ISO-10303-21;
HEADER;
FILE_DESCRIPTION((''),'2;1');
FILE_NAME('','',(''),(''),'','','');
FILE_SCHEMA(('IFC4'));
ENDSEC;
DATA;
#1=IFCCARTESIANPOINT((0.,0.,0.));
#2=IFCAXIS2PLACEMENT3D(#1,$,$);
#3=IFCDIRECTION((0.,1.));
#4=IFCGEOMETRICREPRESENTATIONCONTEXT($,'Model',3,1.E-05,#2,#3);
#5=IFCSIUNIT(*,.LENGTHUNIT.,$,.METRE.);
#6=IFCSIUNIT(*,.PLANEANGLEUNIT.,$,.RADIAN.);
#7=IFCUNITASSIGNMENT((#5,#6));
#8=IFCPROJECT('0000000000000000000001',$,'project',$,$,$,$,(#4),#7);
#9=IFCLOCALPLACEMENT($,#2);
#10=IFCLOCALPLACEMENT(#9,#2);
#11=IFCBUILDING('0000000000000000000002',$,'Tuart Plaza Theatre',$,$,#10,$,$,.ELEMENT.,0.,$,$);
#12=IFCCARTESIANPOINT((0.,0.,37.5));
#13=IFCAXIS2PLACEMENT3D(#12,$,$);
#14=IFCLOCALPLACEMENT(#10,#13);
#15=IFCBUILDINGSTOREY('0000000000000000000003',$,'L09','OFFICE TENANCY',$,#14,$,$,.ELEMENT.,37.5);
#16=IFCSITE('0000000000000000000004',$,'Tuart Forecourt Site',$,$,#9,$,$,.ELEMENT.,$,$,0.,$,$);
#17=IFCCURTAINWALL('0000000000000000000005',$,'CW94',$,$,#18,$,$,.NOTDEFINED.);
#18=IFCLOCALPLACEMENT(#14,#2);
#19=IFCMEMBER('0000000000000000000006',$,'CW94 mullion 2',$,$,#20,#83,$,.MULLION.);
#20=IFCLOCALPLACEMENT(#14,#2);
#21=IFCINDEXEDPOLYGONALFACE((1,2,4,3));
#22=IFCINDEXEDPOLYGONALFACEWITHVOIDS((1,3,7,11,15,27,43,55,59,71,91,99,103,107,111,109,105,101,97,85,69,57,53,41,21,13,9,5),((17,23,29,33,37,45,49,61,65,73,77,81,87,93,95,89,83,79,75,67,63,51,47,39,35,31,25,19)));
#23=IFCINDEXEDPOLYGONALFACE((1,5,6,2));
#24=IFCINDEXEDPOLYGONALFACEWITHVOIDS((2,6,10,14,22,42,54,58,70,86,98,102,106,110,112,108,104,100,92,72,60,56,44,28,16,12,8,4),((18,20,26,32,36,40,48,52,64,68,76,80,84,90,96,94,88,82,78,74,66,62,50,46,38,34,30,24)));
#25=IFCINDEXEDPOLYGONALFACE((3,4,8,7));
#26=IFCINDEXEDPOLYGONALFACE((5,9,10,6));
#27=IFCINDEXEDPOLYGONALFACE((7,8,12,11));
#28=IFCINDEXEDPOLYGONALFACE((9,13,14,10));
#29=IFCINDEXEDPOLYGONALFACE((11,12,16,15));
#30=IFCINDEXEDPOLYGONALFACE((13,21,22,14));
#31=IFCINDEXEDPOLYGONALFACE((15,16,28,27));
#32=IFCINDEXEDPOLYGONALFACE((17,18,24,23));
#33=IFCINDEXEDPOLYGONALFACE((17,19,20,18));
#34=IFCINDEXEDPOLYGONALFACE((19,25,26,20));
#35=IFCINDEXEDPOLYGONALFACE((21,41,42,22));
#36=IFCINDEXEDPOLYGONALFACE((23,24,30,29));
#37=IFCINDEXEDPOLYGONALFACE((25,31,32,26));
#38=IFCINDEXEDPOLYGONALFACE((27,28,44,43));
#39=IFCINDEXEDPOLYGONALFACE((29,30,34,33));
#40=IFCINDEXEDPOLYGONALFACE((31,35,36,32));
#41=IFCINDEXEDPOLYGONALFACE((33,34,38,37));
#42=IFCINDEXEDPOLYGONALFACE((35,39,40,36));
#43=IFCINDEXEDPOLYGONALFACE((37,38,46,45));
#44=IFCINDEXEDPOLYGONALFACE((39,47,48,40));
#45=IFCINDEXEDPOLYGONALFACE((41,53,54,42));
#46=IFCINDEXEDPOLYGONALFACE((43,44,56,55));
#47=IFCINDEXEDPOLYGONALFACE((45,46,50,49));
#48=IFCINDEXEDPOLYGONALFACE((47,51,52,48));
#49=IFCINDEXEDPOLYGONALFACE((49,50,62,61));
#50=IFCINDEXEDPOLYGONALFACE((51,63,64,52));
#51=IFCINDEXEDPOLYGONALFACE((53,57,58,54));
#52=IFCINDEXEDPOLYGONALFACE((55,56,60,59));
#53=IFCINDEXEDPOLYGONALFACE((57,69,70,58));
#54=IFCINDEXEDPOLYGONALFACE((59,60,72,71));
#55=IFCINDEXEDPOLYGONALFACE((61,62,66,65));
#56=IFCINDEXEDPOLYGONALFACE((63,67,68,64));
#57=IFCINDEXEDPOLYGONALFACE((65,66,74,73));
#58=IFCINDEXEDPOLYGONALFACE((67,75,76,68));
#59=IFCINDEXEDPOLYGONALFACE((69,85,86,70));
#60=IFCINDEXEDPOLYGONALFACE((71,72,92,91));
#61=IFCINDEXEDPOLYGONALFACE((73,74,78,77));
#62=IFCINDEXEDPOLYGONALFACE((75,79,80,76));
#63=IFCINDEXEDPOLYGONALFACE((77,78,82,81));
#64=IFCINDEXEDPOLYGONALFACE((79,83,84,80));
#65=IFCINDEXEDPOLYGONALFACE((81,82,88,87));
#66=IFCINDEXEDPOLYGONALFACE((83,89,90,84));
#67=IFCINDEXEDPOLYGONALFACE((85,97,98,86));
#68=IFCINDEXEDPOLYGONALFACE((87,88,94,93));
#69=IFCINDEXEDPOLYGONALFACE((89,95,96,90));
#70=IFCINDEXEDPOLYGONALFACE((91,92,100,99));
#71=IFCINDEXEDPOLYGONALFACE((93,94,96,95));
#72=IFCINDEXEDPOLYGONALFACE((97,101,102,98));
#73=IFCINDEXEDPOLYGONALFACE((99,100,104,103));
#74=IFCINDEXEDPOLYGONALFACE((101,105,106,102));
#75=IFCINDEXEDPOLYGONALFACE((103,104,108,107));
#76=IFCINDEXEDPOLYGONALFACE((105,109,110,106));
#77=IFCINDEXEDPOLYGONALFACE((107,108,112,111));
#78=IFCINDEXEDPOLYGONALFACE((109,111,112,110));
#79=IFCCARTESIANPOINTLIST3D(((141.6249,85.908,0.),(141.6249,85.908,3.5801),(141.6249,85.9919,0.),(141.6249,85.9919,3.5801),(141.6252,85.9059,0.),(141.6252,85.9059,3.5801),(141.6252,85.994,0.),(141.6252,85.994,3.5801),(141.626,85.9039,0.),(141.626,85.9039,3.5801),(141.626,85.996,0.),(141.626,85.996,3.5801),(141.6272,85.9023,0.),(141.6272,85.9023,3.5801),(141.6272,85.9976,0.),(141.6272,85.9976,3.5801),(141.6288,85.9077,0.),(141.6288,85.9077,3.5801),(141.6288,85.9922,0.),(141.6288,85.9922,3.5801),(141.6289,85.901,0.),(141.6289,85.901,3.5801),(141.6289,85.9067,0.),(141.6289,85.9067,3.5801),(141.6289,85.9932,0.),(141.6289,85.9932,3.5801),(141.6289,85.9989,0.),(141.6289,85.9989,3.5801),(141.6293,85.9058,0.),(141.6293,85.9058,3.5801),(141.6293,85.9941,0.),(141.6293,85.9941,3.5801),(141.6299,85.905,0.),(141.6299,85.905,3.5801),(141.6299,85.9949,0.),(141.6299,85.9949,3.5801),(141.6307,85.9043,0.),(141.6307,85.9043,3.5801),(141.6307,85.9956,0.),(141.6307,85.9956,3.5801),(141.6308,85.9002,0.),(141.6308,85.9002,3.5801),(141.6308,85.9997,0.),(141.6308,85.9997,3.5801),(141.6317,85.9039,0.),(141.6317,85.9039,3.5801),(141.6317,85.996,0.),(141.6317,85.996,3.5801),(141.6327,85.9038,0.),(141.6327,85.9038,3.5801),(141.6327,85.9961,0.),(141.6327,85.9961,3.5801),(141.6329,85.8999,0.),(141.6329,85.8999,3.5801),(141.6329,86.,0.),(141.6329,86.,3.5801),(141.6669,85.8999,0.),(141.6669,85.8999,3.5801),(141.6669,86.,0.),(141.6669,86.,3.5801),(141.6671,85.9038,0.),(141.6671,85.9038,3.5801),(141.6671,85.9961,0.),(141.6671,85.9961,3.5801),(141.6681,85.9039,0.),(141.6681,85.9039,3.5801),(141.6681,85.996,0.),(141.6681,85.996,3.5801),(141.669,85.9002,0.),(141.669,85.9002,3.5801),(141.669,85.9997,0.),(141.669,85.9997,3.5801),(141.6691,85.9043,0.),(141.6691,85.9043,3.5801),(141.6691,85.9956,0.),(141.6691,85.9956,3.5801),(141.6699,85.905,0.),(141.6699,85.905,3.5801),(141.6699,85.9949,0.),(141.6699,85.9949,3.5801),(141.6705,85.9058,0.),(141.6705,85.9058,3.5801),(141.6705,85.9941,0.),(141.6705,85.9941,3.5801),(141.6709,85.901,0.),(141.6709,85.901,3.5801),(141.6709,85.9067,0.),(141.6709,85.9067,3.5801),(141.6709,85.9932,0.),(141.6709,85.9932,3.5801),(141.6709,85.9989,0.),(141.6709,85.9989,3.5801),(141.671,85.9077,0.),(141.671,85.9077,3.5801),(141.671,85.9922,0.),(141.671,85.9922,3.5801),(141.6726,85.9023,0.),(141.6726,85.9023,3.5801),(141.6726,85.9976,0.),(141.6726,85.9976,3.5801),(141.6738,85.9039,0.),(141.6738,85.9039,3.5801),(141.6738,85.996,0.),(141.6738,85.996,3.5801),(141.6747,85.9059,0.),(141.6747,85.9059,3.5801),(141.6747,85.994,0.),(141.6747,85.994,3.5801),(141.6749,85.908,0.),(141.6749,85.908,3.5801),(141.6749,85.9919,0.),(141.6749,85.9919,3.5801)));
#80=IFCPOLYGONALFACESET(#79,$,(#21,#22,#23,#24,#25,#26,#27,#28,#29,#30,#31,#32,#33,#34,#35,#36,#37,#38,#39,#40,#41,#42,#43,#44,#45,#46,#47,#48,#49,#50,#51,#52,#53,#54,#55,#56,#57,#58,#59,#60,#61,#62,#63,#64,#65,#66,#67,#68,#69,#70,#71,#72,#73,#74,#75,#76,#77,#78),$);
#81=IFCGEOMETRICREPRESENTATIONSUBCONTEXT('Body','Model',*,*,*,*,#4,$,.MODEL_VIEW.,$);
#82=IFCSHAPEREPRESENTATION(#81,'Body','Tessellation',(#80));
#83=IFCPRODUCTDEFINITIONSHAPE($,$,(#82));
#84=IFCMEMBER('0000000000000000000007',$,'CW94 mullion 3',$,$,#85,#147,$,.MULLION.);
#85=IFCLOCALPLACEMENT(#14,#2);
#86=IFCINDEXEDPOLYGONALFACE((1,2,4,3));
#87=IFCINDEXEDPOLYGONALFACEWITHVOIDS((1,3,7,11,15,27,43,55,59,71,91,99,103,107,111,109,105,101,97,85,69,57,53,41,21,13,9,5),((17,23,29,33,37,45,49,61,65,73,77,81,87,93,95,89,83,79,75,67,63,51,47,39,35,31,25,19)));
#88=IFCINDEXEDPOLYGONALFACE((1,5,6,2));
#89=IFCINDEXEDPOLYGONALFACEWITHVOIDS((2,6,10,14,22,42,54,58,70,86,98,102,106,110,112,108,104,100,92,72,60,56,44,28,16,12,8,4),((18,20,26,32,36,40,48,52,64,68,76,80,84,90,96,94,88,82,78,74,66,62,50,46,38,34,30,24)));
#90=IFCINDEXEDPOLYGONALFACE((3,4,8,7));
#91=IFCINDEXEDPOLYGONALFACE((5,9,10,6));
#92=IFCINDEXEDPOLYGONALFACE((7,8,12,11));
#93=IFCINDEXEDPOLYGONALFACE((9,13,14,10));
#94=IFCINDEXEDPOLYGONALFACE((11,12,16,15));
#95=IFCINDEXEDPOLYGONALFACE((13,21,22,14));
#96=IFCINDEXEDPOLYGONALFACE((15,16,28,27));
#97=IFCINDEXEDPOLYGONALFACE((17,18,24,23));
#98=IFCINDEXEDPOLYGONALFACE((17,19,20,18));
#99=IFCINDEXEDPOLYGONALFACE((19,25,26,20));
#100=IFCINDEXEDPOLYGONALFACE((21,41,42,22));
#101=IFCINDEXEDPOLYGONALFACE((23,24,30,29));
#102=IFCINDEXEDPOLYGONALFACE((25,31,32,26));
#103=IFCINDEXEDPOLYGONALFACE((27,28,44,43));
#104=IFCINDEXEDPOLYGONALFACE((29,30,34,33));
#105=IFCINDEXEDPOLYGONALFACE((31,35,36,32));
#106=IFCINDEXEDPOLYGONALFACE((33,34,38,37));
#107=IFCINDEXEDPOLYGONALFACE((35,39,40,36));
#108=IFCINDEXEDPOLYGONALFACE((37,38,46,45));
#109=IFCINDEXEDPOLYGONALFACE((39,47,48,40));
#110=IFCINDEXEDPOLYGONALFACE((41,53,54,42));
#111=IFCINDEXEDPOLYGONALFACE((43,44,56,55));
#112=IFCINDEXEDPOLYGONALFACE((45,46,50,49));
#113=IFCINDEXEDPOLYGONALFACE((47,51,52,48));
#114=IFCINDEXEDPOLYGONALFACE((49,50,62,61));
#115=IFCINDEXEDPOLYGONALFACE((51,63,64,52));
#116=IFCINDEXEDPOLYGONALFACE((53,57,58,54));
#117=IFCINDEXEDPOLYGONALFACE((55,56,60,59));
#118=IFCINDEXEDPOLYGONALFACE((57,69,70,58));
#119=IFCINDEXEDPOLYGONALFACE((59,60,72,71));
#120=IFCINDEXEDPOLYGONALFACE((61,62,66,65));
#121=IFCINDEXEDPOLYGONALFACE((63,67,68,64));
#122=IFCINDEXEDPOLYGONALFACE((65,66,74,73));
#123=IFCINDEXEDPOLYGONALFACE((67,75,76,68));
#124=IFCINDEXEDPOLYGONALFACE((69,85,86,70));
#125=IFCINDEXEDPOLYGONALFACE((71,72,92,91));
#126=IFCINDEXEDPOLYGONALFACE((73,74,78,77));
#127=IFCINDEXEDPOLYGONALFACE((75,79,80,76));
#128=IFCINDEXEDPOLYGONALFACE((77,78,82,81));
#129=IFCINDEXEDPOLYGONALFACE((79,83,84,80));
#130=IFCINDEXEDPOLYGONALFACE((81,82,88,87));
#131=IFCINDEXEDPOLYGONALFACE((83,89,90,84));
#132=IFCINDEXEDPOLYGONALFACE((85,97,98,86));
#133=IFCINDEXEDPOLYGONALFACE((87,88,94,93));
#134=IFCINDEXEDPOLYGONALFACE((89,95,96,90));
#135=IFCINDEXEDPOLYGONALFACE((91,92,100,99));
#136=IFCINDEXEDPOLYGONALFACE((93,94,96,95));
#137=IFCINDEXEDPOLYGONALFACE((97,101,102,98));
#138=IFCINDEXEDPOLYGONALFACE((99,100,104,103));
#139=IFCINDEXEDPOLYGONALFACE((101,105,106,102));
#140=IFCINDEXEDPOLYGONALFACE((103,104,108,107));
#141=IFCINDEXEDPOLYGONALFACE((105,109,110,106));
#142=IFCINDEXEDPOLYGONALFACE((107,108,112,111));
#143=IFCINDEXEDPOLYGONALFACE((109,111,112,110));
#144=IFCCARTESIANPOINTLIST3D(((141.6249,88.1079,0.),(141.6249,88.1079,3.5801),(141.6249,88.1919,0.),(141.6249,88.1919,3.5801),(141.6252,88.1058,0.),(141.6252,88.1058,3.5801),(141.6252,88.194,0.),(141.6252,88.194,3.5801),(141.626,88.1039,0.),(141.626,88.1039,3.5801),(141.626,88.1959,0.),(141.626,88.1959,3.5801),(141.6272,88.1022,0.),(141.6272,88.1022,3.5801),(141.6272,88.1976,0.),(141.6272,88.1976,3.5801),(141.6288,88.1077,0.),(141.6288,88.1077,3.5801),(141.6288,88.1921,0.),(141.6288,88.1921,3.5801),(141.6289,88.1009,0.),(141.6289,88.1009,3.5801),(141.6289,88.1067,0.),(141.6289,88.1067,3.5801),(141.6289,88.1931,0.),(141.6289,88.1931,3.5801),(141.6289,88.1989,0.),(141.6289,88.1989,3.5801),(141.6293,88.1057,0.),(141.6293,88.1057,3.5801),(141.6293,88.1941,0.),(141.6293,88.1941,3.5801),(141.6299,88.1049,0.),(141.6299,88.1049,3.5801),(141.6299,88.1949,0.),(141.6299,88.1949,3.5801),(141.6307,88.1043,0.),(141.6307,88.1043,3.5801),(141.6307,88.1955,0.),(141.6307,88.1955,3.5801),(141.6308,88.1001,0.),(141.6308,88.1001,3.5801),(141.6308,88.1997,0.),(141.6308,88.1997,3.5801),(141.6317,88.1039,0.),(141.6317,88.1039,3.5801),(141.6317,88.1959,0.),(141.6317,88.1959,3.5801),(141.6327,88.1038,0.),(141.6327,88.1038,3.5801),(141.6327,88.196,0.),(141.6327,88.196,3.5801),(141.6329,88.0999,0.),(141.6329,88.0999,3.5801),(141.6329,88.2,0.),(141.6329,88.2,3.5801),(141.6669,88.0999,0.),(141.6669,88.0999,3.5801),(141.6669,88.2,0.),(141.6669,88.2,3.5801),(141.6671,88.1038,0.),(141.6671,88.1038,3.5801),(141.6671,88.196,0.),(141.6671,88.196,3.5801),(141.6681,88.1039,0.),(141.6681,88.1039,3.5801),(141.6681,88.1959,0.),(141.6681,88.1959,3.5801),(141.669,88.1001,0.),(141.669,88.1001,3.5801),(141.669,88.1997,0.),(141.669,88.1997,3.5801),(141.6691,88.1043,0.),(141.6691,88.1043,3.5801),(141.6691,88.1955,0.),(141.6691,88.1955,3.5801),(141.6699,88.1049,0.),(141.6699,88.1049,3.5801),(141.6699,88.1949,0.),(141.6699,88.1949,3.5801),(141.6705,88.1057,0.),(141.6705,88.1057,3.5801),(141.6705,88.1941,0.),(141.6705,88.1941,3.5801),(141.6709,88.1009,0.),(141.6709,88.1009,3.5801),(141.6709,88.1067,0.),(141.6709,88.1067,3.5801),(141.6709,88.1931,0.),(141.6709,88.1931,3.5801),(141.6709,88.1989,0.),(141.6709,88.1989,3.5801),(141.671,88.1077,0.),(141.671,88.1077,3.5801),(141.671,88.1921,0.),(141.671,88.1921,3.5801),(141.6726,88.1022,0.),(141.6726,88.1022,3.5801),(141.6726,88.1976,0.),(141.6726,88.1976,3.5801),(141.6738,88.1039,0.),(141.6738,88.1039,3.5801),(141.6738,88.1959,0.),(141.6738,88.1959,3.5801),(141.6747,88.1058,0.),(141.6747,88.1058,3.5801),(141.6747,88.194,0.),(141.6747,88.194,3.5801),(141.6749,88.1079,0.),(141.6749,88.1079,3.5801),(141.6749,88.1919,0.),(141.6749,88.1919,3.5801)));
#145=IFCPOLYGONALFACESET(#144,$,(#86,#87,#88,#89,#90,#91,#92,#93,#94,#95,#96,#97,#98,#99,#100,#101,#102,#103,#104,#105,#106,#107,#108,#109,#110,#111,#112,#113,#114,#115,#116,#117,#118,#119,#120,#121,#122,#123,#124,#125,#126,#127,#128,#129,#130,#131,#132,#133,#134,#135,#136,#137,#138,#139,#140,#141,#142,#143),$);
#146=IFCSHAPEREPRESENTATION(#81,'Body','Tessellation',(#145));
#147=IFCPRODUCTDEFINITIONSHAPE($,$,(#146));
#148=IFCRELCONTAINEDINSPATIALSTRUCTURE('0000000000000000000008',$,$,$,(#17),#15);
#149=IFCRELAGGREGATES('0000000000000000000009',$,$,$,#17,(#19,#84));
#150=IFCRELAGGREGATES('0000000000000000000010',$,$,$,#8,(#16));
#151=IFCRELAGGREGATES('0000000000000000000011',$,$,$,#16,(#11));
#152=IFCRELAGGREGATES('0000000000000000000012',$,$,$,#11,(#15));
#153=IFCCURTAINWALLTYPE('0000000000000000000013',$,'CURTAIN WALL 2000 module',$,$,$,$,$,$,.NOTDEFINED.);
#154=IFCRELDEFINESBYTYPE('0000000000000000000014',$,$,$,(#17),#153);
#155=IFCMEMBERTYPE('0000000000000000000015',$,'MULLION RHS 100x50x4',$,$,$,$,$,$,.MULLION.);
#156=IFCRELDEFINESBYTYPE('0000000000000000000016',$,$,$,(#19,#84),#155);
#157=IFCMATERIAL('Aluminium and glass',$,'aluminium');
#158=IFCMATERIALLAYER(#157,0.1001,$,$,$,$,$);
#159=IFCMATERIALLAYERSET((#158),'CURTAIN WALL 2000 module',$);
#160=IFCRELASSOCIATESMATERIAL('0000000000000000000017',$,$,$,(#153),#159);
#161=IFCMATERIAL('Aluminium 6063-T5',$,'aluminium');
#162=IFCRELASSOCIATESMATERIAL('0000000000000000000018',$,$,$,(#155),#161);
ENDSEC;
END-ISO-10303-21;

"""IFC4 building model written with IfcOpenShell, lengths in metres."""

from ifc_helpers import new_model, si_unit, direction, frame, origin, origin_2d, place, context, subcontext, project, spatial, hollow_rectangle, extrude, material, layer, layer_set, material_profile, profile_set, type_object, element, aggregate, save


model = new_model("IFC4")

# Units and contexts
model_context = context("Model", 3, precision=1e-05, world=origin(), true_north=direction((0.0, 1.0)))
body_context = subcontext(model_context, "Body", "Model", "MODEL_VIEW")
ifc_project = project(units=[si_unit("LENGTHUNIT", "METRE"), si_unit("PLANEANGLEUNIT", "RADIAN")], contexts=[model_context])

# Site, building, storey
site_placement = place(None, origin())
site = spatial("IfcSite", under=ifc_project, at=site_placement, Name="Tuart Forecourt Site", CompositionType="ELEMENT", RefElevation=0.0)
building_placement = place(site_placement, origin())
building = spatial("IfcBuilding", under=site, at=building_placement, Name="Tuart Plaza Theatre", CompositionType="ELEMENT", ElevationOfRefHeight=0.0)
storey_placement = place(building_placement, frame((0.0, 0.0, 37.5)))
storey = spatial("IfcBuildingStorey", under=building, at=storey_placement, Name="L09", Description="OFFICE TENANCY", CompositionType="ELEMENT", Elevation=37.5)

# Curtain wall, members
ifc_material_1 = material(Name="Aluminium and glass", Category="aluminium")
ifc_layer_1 = layer(ifc_material_1, 0.1001)
ifc_layer_set_1 = layer_set([ifc_layer_1], Name="CURTAIN WALL 2000 module")
curtain_wall_type = type_object("IfcCurtainWallType", Name="CURTAIN WALL 2000 module", PredefinedType="NOTDEFINED", material=ifc_layer_set_1)
curtain_wall_placement = place(storey_placement, origin())
curtain_wall = element("IfcCurtainWall", 1, at=curtain_wall_placement, inside=storey, type_object=curtain_wall_type, Name="CW94", PredefinedType="NOTDEFINED")
ifc_material_2 = material(Name="Aluminium 6063-T5", Category="aluminium")
ifc_material_profile_1 = material_profile(ifc_material_2, hollow_rectangle(XDim=0.05, YDim=0.1001, WallThickness=0.0039, InnerFilletRadius=0.0039, OuterFilletRadius=0.0081, at=origin_2d()), Name="RHS 100x50x4")
ifc_profile_set_1 = profile_set([ifc_material_profile_1], Name="Aluminium 6063-T5")
member_type_1 = type_object("IfcMemberType", Name="MULLION RHS 100x50x4", PredefinedType="MULLION", material=ifc_profile_set_1)
member_1_placement = place(storey_placement, frame((141.6499, 85.95, 0.0), z_axis=(0.0, 0.0, 1.0), x_axis=(-1.0, 0.0, 0.0)))
member_1 = element("IfcMember", 2, at=member_1_placement, type_object=member_type_1, Name="CW94 mullion 2", PredefinedType="MULLION", context=body_context, shape_type="SweptSolid", body=[
    extrude(hollow_rectangle(XDim=0.05, YDim=0.1001, WallThickness=0.0039, InnerFilletRadius=0.0039, OuterFilletRadius=0.0081, at=origin_2d()), origin(), (0.0, 0.0, 1.0), 3.5801),
])
member_2_placement = place(storey_placement, frame((141.6499, 88.1499, 0.0), z_axis=(0.0, 0.0, 1.0), x_axis=(-1.0, 0.0, 0.0)))
member_2 = element("IfcMember", 3, at=member_2_placement, type_object=member_type_1, Name="CW94 mullion 3", PredefinedType="MULLION", context=body_context, shape_type="SweptSolid", body=[
    extrude(hollow_rectangle(XDim=0.05, YDim=0.1001, WallThickness=0.0039, InnerFilletRadius=0.0039, OuterFilletRadius=0.0081, at=origin_2d()), origin(), (0.0, 0.0, 1.0), 3.5801),
])
aggregate(curtain_wall, [member_1, member_2])

save(model, "model.ifc")
